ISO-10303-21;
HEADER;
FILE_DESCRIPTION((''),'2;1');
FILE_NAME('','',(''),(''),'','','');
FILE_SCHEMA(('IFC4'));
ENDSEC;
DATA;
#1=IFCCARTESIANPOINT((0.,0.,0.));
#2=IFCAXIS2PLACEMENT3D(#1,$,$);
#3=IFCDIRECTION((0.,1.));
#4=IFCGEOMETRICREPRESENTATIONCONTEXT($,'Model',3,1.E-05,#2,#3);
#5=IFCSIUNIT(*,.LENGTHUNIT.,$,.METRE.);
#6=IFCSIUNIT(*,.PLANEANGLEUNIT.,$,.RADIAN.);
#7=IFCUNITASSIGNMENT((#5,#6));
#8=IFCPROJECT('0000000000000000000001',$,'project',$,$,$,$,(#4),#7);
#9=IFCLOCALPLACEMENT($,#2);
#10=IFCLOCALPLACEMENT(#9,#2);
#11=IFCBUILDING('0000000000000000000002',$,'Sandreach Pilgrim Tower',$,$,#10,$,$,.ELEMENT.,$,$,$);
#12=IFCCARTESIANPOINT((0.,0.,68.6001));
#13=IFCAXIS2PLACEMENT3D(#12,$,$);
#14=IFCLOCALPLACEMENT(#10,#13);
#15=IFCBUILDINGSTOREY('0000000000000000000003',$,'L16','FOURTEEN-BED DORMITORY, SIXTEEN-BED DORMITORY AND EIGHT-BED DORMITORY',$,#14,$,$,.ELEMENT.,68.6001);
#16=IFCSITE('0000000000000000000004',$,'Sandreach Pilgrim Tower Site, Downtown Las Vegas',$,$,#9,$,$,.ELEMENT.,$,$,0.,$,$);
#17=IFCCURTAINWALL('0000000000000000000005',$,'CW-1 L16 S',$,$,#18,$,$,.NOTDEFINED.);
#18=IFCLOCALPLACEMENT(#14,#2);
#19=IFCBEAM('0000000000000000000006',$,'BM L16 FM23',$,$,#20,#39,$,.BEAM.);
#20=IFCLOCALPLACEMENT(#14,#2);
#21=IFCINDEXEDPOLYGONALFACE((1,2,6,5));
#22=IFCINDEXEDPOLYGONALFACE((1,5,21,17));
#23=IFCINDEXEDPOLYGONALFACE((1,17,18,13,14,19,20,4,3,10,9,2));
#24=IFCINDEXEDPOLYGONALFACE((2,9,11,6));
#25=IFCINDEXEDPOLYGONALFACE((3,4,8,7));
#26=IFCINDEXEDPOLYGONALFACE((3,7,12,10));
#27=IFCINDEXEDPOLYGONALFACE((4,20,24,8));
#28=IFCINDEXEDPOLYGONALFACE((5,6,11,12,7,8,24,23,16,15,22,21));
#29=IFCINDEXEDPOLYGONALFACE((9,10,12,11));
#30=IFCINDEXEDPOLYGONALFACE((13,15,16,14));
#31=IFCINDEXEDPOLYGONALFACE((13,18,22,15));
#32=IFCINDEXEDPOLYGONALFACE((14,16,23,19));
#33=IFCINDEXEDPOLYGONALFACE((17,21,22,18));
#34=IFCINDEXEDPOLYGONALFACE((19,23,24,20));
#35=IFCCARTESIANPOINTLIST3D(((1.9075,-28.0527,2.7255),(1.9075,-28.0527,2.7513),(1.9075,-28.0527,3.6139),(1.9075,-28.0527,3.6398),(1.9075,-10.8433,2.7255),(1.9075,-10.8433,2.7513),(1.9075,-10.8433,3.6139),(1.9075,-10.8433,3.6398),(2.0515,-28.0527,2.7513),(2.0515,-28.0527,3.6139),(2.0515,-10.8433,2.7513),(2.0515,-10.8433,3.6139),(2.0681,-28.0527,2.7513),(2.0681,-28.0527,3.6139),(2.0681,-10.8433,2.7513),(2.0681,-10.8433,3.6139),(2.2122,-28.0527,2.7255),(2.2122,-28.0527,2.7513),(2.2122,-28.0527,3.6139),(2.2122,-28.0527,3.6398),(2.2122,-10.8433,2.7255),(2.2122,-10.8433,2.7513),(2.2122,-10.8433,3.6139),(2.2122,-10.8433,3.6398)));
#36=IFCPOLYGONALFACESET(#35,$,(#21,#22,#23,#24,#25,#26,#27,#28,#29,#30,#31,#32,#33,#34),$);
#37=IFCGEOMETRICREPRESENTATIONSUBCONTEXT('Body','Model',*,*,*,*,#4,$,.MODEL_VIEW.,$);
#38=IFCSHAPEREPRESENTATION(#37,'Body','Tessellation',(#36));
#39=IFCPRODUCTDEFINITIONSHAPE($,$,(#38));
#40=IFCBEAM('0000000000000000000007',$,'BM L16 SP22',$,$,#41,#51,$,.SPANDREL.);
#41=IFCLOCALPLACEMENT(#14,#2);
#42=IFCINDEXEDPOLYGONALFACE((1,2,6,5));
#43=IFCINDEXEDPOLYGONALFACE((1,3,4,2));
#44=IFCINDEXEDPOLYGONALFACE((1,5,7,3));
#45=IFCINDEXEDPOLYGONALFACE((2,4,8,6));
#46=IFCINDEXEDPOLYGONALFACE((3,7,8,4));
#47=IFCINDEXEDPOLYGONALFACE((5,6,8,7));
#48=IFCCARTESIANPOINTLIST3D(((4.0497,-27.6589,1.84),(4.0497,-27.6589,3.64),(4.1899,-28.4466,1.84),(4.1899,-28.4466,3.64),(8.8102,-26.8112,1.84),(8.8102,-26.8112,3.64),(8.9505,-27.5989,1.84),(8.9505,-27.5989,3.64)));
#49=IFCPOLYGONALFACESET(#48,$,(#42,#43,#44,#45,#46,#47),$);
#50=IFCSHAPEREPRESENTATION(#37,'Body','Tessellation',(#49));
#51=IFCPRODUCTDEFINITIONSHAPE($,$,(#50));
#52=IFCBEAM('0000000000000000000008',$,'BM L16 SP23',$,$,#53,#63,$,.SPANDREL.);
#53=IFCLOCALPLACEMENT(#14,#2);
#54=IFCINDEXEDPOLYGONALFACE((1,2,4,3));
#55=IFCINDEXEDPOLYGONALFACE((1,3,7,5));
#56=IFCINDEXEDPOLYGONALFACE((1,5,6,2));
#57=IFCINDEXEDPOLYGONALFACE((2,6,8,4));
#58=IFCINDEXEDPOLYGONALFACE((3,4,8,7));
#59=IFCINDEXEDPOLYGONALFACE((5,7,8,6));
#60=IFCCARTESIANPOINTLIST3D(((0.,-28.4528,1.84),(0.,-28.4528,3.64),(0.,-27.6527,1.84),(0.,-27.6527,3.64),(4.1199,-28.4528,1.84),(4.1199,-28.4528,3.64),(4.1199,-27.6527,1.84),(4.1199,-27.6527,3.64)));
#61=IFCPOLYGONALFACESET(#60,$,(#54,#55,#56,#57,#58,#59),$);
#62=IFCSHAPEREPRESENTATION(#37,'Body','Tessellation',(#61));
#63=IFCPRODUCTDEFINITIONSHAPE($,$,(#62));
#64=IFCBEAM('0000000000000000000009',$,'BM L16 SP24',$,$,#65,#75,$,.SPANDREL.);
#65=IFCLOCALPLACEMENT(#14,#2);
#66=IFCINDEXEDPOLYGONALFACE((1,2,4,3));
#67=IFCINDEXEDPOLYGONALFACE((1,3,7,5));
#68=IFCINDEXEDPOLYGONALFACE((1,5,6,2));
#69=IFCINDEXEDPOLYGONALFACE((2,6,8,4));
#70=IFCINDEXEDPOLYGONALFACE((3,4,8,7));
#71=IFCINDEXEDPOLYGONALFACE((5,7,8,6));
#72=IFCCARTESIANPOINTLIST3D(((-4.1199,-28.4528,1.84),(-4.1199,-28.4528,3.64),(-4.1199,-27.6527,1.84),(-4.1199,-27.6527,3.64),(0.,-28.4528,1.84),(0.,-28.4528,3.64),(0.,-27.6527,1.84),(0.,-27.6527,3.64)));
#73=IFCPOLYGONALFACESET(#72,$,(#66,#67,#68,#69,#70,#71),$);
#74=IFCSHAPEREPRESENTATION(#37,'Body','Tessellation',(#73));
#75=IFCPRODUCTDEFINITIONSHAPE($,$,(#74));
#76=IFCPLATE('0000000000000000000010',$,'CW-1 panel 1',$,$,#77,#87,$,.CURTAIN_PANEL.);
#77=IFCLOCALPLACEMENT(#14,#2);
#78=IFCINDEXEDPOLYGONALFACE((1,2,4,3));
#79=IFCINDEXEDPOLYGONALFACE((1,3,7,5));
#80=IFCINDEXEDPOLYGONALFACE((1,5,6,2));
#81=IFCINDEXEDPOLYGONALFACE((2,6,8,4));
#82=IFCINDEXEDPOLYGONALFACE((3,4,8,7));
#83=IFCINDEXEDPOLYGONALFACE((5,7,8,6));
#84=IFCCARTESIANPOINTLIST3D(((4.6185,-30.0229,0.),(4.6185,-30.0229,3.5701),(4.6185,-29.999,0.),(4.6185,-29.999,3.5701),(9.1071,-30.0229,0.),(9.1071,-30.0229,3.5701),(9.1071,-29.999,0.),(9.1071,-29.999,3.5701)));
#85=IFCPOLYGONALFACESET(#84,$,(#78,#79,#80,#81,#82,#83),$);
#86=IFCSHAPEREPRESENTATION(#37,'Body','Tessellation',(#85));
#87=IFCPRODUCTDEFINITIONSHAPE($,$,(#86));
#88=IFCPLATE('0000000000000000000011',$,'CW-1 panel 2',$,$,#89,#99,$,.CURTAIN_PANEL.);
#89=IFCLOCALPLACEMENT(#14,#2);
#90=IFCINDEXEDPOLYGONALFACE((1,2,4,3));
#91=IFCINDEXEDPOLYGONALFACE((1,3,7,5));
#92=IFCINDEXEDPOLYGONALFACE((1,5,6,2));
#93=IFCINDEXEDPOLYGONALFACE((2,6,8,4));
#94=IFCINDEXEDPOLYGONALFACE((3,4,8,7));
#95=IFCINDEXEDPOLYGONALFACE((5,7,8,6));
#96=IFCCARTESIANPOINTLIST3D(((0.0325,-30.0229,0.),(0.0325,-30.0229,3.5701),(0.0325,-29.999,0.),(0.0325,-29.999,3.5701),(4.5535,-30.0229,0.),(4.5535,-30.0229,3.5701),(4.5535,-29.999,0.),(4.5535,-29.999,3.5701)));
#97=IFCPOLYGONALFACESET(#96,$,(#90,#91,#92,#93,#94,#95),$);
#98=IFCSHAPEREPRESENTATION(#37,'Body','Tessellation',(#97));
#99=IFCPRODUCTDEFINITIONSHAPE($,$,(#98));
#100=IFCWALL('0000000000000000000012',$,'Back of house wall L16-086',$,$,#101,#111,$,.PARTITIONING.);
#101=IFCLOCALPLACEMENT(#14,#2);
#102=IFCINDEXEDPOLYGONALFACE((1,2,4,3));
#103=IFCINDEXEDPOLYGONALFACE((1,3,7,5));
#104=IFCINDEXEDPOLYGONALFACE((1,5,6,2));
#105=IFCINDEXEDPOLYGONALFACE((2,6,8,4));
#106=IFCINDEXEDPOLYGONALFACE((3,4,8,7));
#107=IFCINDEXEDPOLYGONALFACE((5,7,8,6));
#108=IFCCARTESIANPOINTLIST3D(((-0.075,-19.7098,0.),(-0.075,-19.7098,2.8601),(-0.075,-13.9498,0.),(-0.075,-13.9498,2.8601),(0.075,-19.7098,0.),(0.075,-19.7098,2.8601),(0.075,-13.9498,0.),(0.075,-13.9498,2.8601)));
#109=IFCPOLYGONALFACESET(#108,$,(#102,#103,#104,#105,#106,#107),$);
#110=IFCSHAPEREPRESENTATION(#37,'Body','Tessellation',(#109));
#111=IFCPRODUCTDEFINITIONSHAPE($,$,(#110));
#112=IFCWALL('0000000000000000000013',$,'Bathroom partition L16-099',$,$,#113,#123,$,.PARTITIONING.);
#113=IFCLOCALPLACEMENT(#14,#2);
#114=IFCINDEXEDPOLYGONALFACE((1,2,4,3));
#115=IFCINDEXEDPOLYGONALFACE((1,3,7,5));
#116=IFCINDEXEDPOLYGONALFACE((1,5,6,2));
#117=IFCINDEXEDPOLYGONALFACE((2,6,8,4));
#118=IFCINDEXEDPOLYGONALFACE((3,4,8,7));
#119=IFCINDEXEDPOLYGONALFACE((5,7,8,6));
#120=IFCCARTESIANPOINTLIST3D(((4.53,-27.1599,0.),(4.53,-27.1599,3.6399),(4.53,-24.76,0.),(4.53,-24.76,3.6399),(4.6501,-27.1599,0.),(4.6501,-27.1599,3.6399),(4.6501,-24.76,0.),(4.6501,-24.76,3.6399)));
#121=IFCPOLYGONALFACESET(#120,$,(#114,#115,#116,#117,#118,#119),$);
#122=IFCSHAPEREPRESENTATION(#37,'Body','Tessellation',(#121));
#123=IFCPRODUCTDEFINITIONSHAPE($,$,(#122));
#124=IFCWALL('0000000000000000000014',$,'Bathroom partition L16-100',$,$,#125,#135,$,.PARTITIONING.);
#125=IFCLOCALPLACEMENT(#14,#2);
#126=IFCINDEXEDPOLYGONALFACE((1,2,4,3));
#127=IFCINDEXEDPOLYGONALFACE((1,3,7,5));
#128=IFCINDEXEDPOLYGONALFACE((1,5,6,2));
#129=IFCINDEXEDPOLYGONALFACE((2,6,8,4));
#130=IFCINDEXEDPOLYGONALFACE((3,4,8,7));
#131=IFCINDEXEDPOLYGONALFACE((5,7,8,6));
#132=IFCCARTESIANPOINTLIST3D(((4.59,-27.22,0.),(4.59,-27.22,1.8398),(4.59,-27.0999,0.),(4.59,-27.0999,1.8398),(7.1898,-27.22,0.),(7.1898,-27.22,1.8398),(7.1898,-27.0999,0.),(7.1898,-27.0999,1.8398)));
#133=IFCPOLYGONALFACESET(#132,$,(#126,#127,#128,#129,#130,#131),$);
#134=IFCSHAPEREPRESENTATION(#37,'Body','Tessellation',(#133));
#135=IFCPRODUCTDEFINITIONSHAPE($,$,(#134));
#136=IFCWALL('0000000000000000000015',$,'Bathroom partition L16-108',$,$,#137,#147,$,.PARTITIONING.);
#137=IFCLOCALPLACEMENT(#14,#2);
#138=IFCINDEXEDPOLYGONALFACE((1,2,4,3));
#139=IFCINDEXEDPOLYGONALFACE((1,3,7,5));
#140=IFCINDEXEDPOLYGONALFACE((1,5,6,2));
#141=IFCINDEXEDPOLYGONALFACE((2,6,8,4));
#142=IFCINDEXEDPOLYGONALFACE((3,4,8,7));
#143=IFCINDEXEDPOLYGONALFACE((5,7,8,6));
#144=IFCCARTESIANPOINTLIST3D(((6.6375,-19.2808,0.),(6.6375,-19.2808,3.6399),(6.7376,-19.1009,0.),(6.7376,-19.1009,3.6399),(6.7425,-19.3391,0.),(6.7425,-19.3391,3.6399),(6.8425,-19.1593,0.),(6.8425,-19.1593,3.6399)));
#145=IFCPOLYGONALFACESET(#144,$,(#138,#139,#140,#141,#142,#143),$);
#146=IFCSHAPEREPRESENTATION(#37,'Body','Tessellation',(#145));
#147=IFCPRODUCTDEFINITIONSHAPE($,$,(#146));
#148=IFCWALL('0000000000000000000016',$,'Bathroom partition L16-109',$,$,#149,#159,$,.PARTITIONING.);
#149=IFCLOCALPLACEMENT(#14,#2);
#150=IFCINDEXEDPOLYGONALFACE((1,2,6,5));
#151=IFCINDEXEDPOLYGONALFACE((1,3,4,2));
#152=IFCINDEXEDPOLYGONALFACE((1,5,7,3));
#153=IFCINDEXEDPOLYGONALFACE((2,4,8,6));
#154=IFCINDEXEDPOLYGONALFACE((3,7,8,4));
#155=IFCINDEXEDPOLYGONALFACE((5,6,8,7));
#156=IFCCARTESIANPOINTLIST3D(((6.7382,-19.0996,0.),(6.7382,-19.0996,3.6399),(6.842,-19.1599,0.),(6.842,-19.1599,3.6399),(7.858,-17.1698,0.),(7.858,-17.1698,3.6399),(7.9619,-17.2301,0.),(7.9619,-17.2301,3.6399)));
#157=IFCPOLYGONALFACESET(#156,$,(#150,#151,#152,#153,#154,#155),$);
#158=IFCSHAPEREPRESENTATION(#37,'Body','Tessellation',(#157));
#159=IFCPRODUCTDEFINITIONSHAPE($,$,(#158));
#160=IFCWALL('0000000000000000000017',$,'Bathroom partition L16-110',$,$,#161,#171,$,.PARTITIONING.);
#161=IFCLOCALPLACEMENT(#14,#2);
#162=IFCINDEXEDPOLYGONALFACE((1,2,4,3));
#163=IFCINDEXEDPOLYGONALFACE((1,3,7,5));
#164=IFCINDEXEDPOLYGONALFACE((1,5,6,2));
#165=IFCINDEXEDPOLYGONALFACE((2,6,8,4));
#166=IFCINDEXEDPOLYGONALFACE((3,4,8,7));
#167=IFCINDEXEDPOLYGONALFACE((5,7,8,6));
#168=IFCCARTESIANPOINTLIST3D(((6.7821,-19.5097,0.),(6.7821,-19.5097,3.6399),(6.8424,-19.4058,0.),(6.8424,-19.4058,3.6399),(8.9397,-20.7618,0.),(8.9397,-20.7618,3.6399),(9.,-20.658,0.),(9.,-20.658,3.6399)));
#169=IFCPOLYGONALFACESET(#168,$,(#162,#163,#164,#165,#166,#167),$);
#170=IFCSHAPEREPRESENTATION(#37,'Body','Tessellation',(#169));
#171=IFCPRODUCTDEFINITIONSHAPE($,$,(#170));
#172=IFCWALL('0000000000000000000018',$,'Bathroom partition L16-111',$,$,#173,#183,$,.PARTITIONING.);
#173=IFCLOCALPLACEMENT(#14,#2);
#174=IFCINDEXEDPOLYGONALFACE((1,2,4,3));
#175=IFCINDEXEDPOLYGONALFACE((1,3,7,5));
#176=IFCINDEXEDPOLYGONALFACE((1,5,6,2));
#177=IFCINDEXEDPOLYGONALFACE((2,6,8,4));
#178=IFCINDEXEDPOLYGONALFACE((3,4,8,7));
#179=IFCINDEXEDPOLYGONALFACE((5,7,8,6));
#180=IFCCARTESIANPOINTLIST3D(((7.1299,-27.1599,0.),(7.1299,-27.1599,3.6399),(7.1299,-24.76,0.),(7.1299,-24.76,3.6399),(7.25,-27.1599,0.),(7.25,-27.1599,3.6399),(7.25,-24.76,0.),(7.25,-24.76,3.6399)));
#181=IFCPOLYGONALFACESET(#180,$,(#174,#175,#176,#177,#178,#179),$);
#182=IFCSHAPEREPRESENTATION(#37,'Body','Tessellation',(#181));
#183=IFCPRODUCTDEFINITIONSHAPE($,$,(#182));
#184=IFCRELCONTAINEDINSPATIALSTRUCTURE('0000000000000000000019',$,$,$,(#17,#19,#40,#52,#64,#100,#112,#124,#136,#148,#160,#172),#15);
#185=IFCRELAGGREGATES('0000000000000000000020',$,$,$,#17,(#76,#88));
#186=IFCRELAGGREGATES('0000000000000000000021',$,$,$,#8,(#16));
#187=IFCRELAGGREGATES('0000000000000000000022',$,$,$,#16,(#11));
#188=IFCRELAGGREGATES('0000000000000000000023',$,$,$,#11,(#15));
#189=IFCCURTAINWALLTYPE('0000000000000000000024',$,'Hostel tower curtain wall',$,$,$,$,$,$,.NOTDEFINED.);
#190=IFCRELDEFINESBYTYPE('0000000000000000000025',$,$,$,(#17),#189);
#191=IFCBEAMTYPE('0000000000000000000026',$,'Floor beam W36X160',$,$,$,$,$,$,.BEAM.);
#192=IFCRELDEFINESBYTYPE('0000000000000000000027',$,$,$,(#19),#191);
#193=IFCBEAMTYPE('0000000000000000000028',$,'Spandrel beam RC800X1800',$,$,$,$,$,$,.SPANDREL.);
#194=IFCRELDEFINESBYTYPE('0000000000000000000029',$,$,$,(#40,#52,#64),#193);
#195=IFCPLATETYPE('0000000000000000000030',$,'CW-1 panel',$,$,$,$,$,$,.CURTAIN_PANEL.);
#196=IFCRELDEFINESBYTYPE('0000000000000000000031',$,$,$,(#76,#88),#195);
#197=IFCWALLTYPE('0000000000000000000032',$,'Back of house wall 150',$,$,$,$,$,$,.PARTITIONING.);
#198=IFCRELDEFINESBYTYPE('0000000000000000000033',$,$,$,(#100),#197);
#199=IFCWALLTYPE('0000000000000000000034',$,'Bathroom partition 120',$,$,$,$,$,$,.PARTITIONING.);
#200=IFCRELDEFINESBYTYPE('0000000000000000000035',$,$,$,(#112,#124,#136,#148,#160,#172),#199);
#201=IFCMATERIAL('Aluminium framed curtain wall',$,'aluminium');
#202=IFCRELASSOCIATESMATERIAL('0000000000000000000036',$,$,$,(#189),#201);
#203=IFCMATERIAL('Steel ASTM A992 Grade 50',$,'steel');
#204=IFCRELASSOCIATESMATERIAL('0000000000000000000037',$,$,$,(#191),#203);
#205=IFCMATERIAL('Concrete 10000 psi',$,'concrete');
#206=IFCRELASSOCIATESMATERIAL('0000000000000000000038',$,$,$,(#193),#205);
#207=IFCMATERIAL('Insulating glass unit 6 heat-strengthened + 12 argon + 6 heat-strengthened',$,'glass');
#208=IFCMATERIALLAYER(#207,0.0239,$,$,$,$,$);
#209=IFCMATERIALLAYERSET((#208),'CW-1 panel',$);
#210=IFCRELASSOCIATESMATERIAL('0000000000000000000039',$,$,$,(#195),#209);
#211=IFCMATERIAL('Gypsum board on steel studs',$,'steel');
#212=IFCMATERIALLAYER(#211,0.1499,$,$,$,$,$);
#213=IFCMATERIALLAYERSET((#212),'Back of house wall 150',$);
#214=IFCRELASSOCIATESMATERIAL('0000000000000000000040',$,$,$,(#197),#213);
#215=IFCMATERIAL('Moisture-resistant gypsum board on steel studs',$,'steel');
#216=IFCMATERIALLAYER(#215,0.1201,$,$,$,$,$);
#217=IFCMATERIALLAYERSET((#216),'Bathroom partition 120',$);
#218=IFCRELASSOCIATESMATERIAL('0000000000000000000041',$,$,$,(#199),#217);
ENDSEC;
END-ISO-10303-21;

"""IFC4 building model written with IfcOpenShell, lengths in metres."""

from ifc_helpers import new_model, si_unit, direction, frame, frame_2d, origin, origin_2d, place, context, subcontext, project, spatial, rectangle, i_section, extrude, material, layer, layer_set, material_profile, profile_set, type_object, element, aggregate, save


model = new_model("IFC4")

# Units and contexts
model_context = context("Model", 3, precision=1e-05, world=origin(), true_north=direction((0.0, 1.0)))
body_context = subcontext(model_context, "Body", "Model", "MODEL_VIEW")
ifc_project = project(units=[si_unit("LENGTHUNIT", "METRE"), si_unit("PLANEANGLEUNIT", "RADIAN")], contexts=[model_context])

# Site, building, storey
site_placement = place(None, origin())
site = spatial("IfcSite", under=ifc_project, at=site_placement, Name="Sandreach Pilgrim Tower Site, Downtown Las Vegas", CompositionType="ELEMENT", RefElevation=0.0)
building_placement = place(site_placement, origin())
building = spatial("IfcBuilding", under=site, at=building_placement, Name="Sandreach Pilgrim Tower", CompositionType="ELEMENT")
storey_placement = place(building_placement, frame((0.0, 0.0, 68.6001)))
storey = spatial("IfcBuildingStorey", under=building, at=storey_placement, Name="L16", Description="FOURTEEN-BED DORMITORY, SIXTEEN-BED DORMITORY AND EIGHT-BED DORMITORY", CompositionType="ELEMENT", Elevation=68.6001)

# Curtain wall
ifc_material_1 = material(Name="Aluminium framed curtain wall", Category="aluminium")
curtain_wall_type = type_object("IfcCurtainWallType", Name="Hostel tower curtain wall", PredefinedType="NOTDEFINED", material=ifc_material_1)
curtain_wall_placement = place(storey_placement, origin())
curtain_wall = element("IfcCurtainWall", 1, at=curtain_wall_placement, inside=storey, type_object=curtain_wall_type, Name="CW-1 L16 S", PredefinedType="NOTDEFINED")

# Beams
ifc_material_2 = material(Name="Steel ASTM A992 Grade 50", Category="steel")
ifc_material_profile_1 = material_profile(ifc_material_2, i_section(OverallWidth=0.3047, OverallDepth=0.9143, WebThickness=0.0166, FlangeThickness=0.0259, at=origin_2d()), Name="W36X160")
ifc_profile_set_1 = profile_set([ifc_material_profile_1], Name="Steel ASTM A992 Grade 50")
beam_type_1 = type_object("IfcBeamType", Name="Floor beam W36X160", PredefinedType="BEAM", material=ifc_profile_set_1)
beam_1_placement = place(storey_placement, frame((2.0598, -28.0527, 3.1826), z_axis=(0.0, 1.0, 0.0), x_axis=(-1.0, 0.0, 0.0)))
element("IfcBeam", 2, at=beam_1_placement, inside=storey, type_object=beam_type_1, Name="BM L16 FM23", PredefinedType="BEAM", context=body_context, shape_type="SweptSolid", body=[
    extrude(i_section(OverallWidth=0.3047, OverallDepth=0.9143, WebThickness=0.0166, FlangeThickness=0.0259, at=origin_2d()), origin(), (0.0, 0.0, 1.0), 17.2095),
])
ifc_material_3 = material(Name="Concrete 10000 psi", Category="concrete")
ifc_material_profile_2 = material_profile(ifc_material_3, rectangle(XDim=0.8, YDim=1.8, at=origin_2d()), Name="RC800X1800")
ifc_profile_set_2 = profile_set([ifc_material_profile_2], Name="Concrete 10000 psi")
beam_type_2 = type_object("IfcBeamType", Name="Spandrel beam RC800X1800", PredefinedType="SPANDREL", material=ifc_profile_set_2)
beam_2_placement = place(storey_placement, frame((8.8804, -27.2051, 2.74), z_axis=(-0.984515, -0.175303, 0.0), x_axis=(0.175303, -0.984515, 0.0)))
element("IfcBeam", 3, at=beam_2_placement, inside=storey, type_object=beam_type_2, Name="BM L16 SP22", PredefinedType="SPANDREL", context=body_context, shape_type="SweptSolid", body=[
    extrude(rectangle(XDim=0.8, YDim=1.8, at=origin_2d()), origin(), (0.0, 0.0, 1.0), 4.8354),
])
for number, where, z_axis, x_axis, name in (
    (4, (4.1199, -28.0527, 2.74), (-1.0, 0.0, 0.0), (0.0, -1.0, 0.0), "BM L16 SP23"),
    (5, (0.0, -28.0527, 2.74), (-1.0, 0.0, 0.0), (0.0, -1.0, 0.0), "BM L16 SP24"),
):
    element("IfcBeam", number, at=place(storey_placement, frame(where, z_axis=z_axis, x_axis=x_axis)), inside=storey, type_object=beam_type_2, Name=name, PredefinedType="SPANDREL", context=body_context, shape_type="SweptSolid", body=[
        extrude(rectangle(XDim=0.8, YDim=1.8, at=origin_2d()), origin(), (0.0, 0.0, 1.0), 4.1199),
    ])

# Plates
ifc_material_4 = material(Name="Insulating glass unit 6 heat-strengthened + 12 argon + 6 heat-strengthened", Category="glass")
ifc_layer_1 = layer(ifc_material_4, 0.0239)
ifc_layer_set_1 = layer_set([ifc_layer_1], Name="CW-1 panel")
plate_type = type_object("IfcPlateType", Name="CW-1 panel", PredefinedType="CURTAIN_PANEL", material=ifc_layer_set_1)
plate_1_placement = place(storey_placement, frame((6.8628, -30.011, 0.0), z_axis=(0.0, 0.0, 1.0), x_axis=(-1.0, 0.0, 0.0)))
plate_1 = element("IfcPlate", 6, at=plate_1_placement, type_object=plate_type, Name="CW-1 panel 1", PredefinedType="CURTAIN_PANEL", context=body_context, shape_type="SweptSolid", body=[
    extrude(rectangle(XDim=4.4885, YDim=0.0239, at=origin_2d()), origin(), (0.0, 0.0, 1.0), 3.5701),
])
plate_2_placement = place(storey_placement, frame((2.293, -30.011, 0.0), z_axis=(0.0, 0.0, 1.0), x_axis=(-1.0, 0.0, 0.0)))
plate_2 = element("IfcPlate", 7, at=plate_2_placement, type_object=plate_type, Name="CW-1 panel 2", PredefinedType="CURTAIN_PANEL", context=body_context, shape_type="SweptSolid", body=[
    extrude(rectangle(XDim=4.521, YDim=0.0239, at=origin_2d()), origin(), (0.0, 0.0, 1.0), 3.5701),
])
aggregate(curtain_wall, [plate_1, plate_2])

# Walls
ifc_material_5 = material(Name="Gypsum board on steel studs", Category="steel")
ifc_layer_2 = layer(ifc_material_5, 0.1499)
ifc_layer_set_2 = layer_set([ifc_layer_2], Name="Back of house wall 150")
wall_type_1 = type_object("IfcWallType", Name="Back of house wall 150", PredefinedType="PARTITIONING", material=ifc_layer_set_2)
wall_1_placement = place(storey_placement, frame((0.0, -13.95, 0.0), z_axis=(0.0, 0.0, 1.0), x_axis=(0.0, -1.0, 0.0)))
element("IfcWall", 8, at=wall_1_placement, inside=storey, type_object=wall_type_1, Name="Back of house wall L16-086", PredefinedType="PARTITIONING", context=body_context, shape_type="SweptSolid", body=[
    extrude(rectangle(XDim=5.76, YDim=0.1499, at=frame_2d((2.8799, 0.0))), origin(), (0.0, 0.0, 1.0), 2.8601),
])
ifc_material_6 = material(Name="Moisture-resistant gypsum board on steel studs", Category="steel")
ifc_layer_3 = layer(ifc_material_6, 0.1201)
ifc_layer_set_3 = layer_set([ifc_layer_3], Name="Bathroom partition 120")
wall_type_2 = type_object("IfcWallType", Name="Bathroom partition 120", PredefinedType="PARTITIONING", material=ifc_layer_set_3)
wall_2_placement = place(storey_placement, frame((4.5901, -27.1599, 0.0), z_axis=(0.0, 0.0, 1.0), x_axis=(0.0, 1.0, 0.0)))
element("IfcWall", 9, at=wall_2_placement, inside=storey, type_object=wall_type_2, Name="Bathroom partition L16-099", PredefinedType="PARTITIONING", context=body_context, shape_type="SweptSolid", body=[
    extrude(rectangle(XDim=2.3999, YDim=0.1201, at=frame_2d((1.2, 0.0))), origin(), (0.0, 0.0, 1.0), 3.6399),
])
wall_3_placement = place(storey_placement, frame((4.5901, -27.1599, 0.0), z_axis=(0.0, 0.0, 1.0), x_axis=(1.0, 0.0, 0.0)))
element("IfcWall", 10, at=wall_3_placement, inside=storey, type_object=wall_type_2, Name="Bathroom partition L16-100", PredefinedType="PARTITIONING", context=body_context, shape_type="SweptSolid", body=[
    extrude(rectangle(XDim=2.5999, YDim=0.1201, at=frame_2d((1.2998, 0.0))), origin(), (0.0, 0.0, 1.0), 1.8398),
])
wall_4_placement = place(storey_placement, frame((6.6899, -19.3101, 0.0), z_axis=(0.0, 0.0, 1.0), x_axis=(0.486146, 0.873877, 0.0)))
element("IfcWall", 11, at=wall_4_placement, inside=storey, type_object=wall_type_2, Name="Bathroom partition L16-108", PredefinedType="PARTITIONING", context=body_context, shape_type="SweptSolid", body=[
    extrude(rectangle(XDim=0.2058, YDim=0.1201, at=frame_2d((0.103, 0.0))), origin(), (0.0, 0.0, 1.0), 3.6399),
])
wall_5_placement = place(storey_placement, frame((6.79, -19.1299, 0.0), z_axis=(0.0, 0.0, 1.0), x_axis=(0.50189, 0.864931, 0.0)))
element("IfcWall", 12, at=wall_5_placement, inside=storey, type_object=wall_type_2, Name="Bathroom partition L16-109", PredefinedType="PARTITIONING", context=body_context, shape_type="SweptSolid", body=[
    extrude(rectangle(XDim=2.2312, YDim=0.1201, at=frame_2d((1.1157, 0.0))), origin(), (0.0, 0.0, 1.0), 3.6399),
])
wall_6_placement = place(storey_placement, frame((6.8123, -19.4578, 0.0), z_axis=(0.0, 0.0, 1.0), x_axis=(0.864905, -0.501935, 0.0)))
element("IfcWall", 13, at=wall_6_placement, inside=storey, type_object=wall_type_2, Name="Bathroom partition L16-110", PredefinedType="PARTITIONING", context=body_context, shape_type="SweptSolid", body=[
    extrude(rectangle(XDim=2.4946, YDim=0.1201, at=frame_2d((1.2473, 0.0))), origin(), (0.0, 0.0, 1.0), 3.6399),
])
wall_7_placement = place(storey_placement, frame((7.1899, -27.1599, 0.0), z_axis=(0.0, 0.0, 1.0), x_axis=(0.0, 1.0, 0.0)))
element("IfcWall", 14, at=wall_7_placement, inside=storey, type_object=wall_type_2, Name="Bathroom partition L16-111", PredefinedType="PARTITIONING", context=body_context, shape_type="SweptSolid", body=[
    extrude(rectangle(XDim=2.3999, YDim=0.1201, at=frame_2d((1.2, 0.0))), origin(), (0.0, 0.0, 1.0), 3.6399),
])

save(model, "model.ifc")
